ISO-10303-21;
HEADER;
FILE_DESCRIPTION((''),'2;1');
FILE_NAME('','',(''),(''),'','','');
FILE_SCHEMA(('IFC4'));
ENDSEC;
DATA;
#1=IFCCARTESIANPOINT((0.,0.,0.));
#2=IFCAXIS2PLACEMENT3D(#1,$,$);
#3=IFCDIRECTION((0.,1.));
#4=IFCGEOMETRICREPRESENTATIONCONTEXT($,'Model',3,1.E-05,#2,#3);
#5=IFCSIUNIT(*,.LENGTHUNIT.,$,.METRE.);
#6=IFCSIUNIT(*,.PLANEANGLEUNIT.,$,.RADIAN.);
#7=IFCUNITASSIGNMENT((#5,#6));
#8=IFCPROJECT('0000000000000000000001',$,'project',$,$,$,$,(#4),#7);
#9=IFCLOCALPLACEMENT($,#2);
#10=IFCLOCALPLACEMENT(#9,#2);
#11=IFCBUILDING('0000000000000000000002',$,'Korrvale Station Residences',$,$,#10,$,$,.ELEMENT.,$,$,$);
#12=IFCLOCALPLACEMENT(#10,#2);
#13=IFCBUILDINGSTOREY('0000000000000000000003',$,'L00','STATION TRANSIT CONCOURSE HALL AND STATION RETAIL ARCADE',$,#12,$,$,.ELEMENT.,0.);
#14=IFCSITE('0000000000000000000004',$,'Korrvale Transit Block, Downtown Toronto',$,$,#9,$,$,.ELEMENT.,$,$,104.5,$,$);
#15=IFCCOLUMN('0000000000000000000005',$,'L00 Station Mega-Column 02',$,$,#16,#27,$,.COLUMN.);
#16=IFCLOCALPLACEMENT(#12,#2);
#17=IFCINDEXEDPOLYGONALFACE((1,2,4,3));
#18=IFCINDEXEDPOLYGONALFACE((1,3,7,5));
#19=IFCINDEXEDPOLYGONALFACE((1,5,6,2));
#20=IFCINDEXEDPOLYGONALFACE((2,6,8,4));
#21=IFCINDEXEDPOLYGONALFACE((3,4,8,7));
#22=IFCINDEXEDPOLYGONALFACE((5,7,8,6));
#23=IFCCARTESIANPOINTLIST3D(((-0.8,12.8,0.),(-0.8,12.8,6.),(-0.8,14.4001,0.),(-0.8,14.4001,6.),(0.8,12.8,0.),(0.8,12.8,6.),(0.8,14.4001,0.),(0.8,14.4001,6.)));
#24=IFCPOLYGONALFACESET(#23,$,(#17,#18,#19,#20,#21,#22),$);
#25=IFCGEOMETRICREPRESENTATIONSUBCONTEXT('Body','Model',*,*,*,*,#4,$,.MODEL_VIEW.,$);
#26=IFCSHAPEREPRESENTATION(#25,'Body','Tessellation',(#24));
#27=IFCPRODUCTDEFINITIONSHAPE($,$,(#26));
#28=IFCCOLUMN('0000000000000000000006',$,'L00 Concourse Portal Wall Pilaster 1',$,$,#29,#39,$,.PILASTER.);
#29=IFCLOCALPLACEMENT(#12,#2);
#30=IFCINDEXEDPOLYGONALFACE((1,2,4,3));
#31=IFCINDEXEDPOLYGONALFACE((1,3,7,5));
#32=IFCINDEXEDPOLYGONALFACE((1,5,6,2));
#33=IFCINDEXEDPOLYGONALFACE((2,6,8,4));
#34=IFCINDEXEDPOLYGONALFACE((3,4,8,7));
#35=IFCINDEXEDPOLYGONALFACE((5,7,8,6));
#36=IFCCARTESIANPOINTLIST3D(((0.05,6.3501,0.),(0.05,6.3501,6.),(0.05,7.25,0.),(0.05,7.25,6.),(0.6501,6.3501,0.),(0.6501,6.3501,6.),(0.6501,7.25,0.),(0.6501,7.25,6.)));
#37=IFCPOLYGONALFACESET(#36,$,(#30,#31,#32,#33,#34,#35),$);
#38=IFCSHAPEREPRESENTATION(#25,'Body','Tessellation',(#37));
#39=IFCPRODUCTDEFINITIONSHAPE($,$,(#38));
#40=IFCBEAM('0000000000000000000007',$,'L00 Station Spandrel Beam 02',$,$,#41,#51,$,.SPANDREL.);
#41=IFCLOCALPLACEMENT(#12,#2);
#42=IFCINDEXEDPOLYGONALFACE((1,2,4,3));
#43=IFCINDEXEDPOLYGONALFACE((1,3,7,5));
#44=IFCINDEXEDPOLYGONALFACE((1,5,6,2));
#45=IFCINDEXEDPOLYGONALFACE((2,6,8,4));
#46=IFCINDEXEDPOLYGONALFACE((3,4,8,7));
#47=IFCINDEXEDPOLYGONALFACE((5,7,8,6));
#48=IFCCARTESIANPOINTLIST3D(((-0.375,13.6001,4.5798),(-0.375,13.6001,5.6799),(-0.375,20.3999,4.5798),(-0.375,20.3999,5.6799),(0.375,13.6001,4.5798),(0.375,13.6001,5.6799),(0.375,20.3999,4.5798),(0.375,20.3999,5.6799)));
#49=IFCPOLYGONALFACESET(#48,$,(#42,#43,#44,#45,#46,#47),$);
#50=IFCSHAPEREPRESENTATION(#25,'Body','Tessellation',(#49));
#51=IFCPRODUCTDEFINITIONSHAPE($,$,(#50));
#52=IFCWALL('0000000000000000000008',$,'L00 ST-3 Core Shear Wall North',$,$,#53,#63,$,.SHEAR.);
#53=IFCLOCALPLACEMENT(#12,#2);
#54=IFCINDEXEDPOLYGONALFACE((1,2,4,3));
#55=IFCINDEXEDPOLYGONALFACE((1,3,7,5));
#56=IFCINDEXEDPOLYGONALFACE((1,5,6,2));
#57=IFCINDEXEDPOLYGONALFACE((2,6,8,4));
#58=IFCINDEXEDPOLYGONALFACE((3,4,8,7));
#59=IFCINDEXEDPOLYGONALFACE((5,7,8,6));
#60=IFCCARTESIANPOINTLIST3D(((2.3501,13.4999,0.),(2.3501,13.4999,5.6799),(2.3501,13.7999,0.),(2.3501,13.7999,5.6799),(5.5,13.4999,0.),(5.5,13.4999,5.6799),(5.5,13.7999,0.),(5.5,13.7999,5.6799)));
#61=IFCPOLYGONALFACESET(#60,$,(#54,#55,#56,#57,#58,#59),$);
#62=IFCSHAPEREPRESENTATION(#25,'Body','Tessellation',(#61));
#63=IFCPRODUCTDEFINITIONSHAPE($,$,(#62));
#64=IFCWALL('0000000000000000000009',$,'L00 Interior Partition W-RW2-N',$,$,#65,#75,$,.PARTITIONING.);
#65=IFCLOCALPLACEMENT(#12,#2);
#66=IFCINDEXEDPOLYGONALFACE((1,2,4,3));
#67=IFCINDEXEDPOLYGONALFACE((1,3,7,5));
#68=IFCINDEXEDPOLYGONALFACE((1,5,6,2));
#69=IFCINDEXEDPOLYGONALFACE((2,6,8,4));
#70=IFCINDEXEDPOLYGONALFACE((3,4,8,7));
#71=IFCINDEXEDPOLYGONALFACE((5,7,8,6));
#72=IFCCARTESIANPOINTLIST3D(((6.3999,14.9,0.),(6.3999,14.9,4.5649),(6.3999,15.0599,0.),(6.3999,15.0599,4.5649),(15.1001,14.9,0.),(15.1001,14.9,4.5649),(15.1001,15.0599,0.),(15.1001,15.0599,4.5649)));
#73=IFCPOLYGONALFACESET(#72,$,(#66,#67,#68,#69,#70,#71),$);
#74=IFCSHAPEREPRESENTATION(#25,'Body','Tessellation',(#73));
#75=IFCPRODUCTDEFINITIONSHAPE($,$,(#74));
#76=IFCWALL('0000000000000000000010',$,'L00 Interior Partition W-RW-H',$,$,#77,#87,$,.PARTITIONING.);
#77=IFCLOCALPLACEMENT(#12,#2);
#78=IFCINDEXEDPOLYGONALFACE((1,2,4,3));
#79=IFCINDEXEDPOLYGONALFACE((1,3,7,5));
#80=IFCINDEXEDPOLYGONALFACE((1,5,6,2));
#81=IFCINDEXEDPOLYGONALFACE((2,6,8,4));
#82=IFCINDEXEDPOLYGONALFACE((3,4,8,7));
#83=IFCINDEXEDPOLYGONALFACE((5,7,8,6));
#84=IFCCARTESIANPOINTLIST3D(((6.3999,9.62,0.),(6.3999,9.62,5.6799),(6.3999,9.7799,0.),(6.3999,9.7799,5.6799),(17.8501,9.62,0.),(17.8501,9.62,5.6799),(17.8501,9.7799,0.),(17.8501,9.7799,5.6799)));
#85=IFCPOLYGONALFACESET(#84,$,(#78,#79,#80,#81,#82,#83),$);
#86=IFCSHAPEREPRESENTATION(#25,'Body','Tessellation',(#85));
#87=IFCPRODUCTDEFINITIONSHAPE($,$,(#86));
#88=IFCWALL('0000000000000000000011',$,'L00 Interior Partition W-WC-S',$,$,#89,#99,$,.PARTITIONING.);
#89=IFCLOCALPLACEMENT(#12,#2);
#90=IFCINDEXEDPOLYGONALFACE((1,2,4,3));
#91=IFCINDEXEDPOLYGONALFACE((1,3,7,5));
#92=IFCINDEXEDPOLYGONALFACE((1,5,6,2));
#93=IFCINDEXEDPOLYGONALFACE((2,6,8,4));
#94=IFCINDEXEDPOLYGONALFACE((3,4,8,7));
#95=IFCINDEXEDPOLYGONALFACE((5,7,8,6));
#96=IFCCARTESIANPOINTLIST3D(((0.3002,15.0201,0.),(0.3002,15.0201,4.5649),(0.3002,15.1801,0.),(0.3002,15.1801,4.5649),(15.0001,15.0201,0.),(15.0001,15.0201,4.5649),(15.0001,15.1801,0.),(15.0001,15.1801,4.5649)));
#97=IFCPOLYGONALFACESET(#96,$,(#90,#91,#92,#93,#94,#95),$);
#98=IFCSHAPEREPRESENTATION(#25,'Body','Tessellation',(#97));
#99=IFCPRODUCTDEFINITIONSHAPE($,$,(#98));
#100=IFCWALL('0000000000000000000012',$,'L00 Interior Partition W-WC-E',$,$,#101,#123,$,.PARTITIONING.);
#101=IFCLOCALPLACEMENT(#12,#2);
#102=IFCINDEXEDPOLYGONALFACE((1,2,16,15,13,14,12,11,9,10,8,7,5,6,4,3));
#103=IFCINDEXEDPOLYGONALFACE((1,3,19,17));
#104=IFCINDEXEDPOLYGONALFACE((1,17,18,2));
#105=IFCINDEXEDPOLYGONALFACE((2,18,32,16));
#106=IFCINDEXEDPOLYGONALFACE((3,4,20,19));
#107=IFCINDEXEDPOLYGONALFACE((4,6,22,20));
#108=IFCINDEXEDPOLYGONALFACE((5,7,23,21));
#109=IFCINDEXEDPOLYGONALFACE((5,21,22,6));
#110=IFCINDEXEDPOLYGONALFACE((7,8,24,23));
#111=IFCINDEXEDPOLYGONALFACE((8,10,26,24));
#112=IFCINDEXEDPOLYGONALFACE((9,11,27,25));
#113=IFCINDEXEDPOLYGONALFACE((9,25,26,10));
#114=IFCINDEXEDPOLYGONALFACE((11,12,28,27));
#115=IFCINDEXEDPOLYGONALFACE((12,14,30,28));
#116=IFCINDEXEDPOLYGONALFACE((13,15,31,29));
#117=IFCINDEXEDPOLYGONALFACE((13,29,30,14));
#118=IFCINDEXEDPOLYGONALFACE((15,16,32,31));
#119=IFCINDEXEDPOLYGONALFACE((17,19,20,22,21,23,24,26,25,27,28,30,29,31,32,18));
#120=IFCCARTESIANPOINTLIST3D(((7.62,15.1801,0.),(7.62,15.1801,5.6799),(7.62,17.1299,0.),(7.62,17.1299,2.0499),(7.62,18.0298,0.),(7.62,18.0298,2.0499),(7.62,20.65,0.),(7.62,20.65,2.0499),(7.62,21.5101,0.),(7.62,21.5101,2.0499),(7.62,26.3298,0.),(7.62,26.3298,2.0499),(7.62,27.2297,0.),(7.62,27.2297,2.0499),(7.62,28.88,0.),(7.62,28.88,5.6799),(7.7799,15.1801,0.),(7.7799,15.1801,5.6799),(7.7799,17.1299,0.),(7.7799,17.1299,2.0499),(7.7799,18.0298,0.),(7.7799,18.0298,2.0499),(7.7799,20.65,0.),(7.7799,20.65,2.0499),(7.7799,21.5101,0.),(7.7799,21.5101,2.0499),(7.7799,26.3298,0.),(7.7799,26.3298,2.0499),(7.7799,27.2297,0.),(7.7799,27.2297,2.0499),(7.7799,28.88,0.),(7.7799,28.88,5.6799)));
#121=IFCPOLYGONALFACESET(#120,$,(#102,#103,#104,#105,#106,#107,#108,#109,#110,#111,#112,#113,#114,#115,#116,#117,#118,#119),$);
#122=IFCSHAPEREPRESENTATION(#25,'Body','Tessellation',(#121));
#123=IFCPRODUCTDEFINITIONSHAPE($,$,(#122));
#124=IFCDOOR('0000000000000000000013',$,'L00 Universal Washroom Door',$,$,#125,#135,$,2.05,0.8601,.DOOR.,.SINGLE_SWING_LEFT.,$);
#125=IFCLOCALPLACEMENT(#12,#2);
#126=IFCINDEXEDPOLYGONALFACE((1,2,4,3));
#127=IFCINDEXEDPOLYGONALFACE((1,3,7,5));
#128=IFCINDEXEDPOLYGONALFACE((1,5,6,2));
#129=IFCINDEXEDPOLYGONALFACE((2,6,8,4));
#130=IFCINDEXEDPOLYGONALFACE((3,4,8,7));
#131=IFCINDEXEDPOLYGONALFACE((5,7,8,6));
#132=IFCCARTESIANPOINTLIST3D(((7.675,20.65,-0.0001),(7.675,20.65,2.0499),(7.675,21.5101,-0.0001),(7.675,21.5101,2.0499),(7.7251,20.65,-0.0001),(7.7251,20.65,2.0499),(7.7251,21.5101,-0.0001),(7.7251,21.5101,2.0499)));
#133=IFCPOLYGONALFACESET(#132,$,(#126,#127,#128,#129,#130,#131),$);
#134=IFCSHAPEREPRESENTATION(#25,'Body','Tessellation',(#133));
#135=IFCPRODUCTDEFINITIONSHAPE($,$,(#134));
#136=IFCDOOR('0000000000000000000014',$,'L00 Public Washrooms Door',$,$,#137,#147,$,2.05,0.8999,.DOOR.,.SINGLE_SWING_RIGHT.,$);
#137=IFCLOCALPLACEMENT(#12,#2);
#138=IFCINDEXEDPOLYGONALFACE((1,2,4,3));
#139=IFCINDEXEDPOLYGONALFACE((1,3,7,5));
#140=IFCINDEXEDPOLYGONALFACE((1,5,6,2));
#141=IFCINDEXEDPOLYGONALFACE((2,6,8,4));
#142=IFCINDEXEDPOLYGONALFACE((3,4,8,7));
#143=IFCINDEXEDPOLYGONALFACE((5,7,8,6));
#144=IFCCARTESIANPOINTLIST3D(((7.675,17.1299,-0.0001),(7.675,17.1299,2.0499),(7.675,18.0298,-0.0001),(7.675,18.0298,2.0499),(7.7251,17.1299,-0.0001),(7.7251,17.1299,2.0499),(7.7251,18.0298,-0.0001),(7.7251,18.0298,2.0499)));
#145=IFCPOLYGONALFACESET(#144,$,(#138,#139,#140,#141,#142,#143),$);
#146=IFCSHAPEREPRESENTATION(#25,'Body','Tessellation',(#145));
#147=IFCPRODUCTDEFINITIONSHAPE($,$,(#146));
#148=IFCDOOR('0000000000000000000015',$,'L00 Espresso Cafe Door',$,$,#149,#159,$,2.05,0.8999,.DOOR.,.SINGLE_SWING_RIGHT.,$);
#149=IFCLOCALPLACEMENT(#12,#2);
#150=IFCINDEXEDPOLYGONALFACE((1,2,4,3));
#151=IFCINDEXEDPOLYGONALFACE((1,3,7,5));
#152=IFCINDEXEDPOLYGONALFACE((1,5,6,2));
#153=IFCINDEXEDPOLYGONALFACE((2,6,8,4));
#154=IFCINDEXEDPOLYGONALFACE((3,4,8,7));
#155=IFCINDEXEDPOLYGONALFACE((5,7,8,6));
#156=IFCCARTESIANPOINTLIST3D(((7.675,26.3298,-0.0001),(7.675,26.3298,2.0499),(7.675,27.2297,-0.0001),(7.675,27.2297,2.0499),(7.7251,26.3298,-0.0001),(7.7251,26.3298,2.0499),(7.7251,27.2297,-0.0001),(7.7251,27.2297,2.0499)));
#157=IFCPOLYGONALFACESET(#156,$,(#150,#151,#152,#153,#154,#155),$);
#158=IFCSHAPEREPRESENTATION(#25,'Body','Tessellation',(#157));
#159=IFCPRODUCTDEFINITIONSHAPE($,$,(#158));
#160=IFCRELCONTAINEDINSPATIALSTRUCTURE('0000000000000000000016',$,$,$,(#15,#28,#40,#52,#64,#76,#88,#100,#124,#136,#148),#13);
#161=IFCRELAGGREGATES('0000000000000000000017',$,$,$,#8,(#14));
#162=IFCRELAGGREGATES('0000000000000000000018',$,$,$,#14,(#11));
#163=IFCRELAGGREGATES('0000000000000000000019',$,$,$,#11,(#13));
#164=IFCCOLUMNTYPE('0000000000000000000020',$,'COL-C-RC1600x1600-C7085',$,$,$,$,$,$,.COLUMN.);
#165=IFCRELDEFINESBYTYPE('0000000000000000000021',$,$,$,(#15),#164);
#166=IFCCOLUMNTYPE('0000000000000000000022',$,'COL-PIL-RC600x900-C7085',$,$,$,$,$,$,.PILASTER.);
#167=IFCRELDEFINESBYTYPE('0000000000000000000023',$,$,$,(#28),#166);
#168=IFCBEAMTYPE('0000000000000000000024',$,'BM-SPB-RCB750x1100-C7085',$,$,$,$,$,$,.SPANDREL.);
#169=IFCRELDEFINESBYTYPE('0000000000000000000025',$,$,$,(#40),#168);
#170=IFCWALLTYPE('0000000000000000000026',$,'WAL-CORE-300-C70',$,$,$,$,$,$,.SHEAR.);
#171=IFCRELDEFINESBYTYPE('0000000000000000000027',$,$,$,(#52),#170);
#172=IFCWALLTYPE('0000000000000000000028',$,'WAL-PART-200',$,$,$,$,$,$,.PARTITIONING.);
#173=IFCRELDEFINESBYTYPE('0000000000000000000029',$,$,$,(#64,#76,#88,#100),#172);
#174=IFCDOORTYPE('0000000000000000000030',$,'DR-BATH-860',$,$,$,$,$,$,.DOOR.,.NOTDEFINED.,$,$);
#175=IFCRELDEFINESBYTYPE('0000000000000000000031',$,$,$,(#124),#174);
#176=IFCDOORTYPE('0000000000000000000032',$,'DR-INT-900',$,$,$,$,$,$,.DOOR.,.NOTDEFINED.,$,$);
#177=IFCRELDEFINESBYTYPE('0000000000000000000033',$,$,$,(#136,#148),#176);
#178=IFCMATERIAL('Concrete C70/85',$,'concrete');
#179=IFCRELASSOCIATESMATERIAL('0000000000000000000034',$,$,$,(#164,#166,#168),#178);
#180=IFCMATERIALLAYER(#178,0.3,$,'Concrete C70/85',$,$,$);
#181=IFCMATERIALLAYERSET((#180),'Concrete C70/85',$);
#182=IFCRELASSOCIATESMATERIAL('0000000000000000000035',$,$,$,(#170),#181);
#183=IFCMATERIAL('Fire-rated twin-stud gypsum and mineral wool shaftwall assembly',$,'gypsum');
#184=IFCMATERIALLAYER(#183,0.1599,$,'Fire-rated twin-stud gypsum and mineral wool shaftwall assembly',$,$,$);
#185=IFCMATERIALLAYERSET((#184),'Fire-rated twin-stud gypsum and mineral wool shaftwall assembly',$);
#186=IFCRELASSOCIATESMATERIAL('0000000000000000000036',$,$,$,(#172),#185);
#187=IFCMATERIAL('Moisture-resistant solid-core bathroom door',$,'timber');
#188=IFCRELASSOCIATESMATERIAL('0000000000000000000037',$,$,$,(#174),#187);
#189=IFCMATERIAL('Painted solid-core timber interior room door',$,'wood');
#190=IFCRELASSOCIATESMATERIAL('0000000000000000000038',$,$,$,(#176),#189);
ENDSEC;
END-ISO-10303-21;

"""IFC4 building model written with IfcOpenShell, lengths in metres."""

from ifc_helpers import new_model, si_unit, direction, frame, frame_2d, origin, origin_2d, place, context, subcontext, project, spatial, rectangle, extrude, material, layer, layer_set, material_profile, profile_set, type_object, element, fill, save


model = new_model("IFC4")

# Units and contexts
model_context = context("Model", 3, precision=1e-05, world=origin(), true_north=direction((0.0, 1.0)))
body_context = subcontext(model_context, "Body", "Model", "MODEL_VIEW")
ifc_project = project(units=[si_unit("LENGTHUNIT", "METRE"), si_unit("PLANEANGLEUNIT", "RADIAN")], contexts=[model_context])

# Site, building, storey
site_placement = place(None, origin())
site = spatial("IfcSite", under=ifc_project, at=site_placement, Name="Korrvale Transit Block, Downtown Toronto", CompositionType="ELEMENT", RefElevation=104.5)
building_placement = place(site_placement, origin())
building = spatial("IfcBuilding", under=site, at=building_placement, Name="Korrvale Station Residences", CompositionType="ELEMENT")
storey_placement = place(building_placement, origin())
storey = spatial("IfcBuildingStorey", under=building, at=storey_placement, Name="L00", Description="STATION TRANSIT CONCOURSE HALL AND STATION RETAIL ARCADE", CompositionType="ELEMENT", Elevation=0.0)

# Columns
ifc_material_1 = material(Name="Concrete C70/85", Category="concrete")
ifc_material_profile_1 = material_profile(ifc_material_1, rectangle(XDim=1.6001, YDim=1.6001, at=origin_2d()), Name="RC1600x1600")
ifc_profile_set_1 = profile_set([ifc_material_profile_1], Name="Concrete C70/85")
column_type_1 = type_object("IfcColumnType", Name="COL-C-RC1600x1600-C7085", PredefinedType="COLUMN", material=ifc_profile_set_1)
column_1_placement = place(storey_placement, frame((0.0, 13.6001, 0.0), z_axis=(0.0, 0.0, 1.0), x_axis=(1.0, 0.0, 0.0)))
element("IfcColumn", 1, at=column_1_placement, inside=storey, type_object=column_type_1, Name="L00 Station Mega-Column 02", PredefinedType="COLUMN", context=body_context, shape_type="SweptSolid", body=[
    extrude(rectangle(XDim=1.6001, YDim=1.6001, at=origin_2d()), origin(), (0.0, 0.0, 1.0), 6.0),
])
ifc_material_profile_2 = material_profile(ifc_material_1, rectangle(XDim=0.6001, YDim=0.8999, at=origin_2d()), Name="RC600x900")
ifc_profile_set_2 = profile_set([ifc_material_profile_2], Name="Concrete C70/85")
column_type_2 = type_object("IfcColumnType", Name="COL-PIL-RC600x900-C7085", PredefinedType="PILASTER", material=ifc_profile_set_2)
column_2_placement = place(storey_placement, frame((0.3501, 6.8, 0.0), z_axis=(0.0, 0.0, 1.0), x_axis=(1.0, 0.0, 0.0)))
element("IfcColumn", 2, at=column_2_placement, inside=storey, type_object=column_type_2, Name="L00 Concourse Portal Wall Pilaster 1", PredefinedType="PILASTER", context=body_context, shape_type="SweptSolid", body=[
    extrude(rectangle(XDim=0.6001, YDim=0.8999, at=origin_2d()), origin(), (0.0, 0.0, 1.0), 6.0),
])

# Beam
ifc_material_profile_3 = material_profile(ifc_material_1, rectangle(XDim=0.75, YDim=1.1001, at=origin_2d()), Name="RCB750x1100")
ifc_profile_set_3 = profile_set([ifc_material_profile_3], Name="Concrete C70/85")
beam_type = type_object("IfcBeamType", Name="BM-SPB-RCB750x1100-C7085", PredefinedType="SPANDREL", material=ifc_profile_set_3)
beam_placement = place(storey_placement, frame((0.0, 13.6001, 5.1299), z_axis=(0.0, 1.0, 0.0), x_axis=(-1.0, 0.0, 0.0)))
element("IfcBeam", 3, at=beam_placement, inside=storey, type_object=beam_type, Name="L00 Station Spandrel Beam 02", PredefinedType="SPANDREL", context=body_context, shape_type="SweptSolid", body=[
    extrude(rectangle(XDim=0.75, YDim=1.1001, at=origin_2d()), origin(), (0.0, 0.0, 1.0), 6.7998),
])

# Walls
ifc_layer_1 = layer(ifc_material_1, 0.3, Name="Concrete C70/85")
ifc_layer_set_1 = layer_set([ifc_layer_1], Name="Concrete C70/85")
wall_type_1 = type_object("IfcWallType", Name="WAL-CORE-300-C70", PredefinedType="SHEAR", material=ifc_layer_set_1)
wall_1_placement = place(storey_placement, frame((2.3501, 13.6499, 0.0), z_axis=(0.0, 0.0, 1.0), x_axis=(1.0, 0.0, 0.0)))
element("IfcWall", 4, at=wall_1_placement, inside=storey, type_object=wall_type_1, Name="L00 ST-3 Core Shear Wall North", PredefinedType="SHEAR", context=body_context, shape_type="SweptSolid", body=[
    extrude(rectangle(XDim=3.1499, YDim=0.3, at=frame_2d((1.575, 0.0))), origin(), (0.0, 0.0, 1.0), 5.6799),
])
ifc_material_2 = material(Name="Fire-rated twin-stud gypsum and mineral wool shaftwall assembly", Category="gypsum")
ifc_layer_2 = layer(ifc_material_2, 0.1599, Name="Fire-rated twin-stud gypsum and mineral wool shaftwall assembly")
ifc_layer_set_2 = layer_set([ifc_layer_2], Name="Fire-rated twin-stud gypsum and mineral wool shaftwall assembly")
wall_type_2 = type_object("IfcWallType", Name="WAL-PART-200", PredefinedType="PARTITIONING", material=ifc_layer_set_2)
wall_2_placement = place(storey_placement, frame((6.3999, 14.98, 0.0), z_axis=(0.0, 0.0, 1.0), x_axis=(1.0, 0.0, 0.0)))
element("IfcWall", 5, at=wall_2_placement, inside=storey, type_object=wall_type_2, Name="L00 Interior Partition W-RW2-N", PredefinedType="PARTITIONING", context=body_context, shape_type="SweptSolid", body=[
    extrude(rectangle(XDim=8.7002, YDim=0.1599, at=frame_2d((4.3501, 0.0))), origin(), (0.0, 0.0, 1.0), 4.5649),
])
wall_3_placement = place(storey_placement, frame((6.3999, 9.7, 0.0), z_axis=(0.0, 0.0, 1.0), x_axis=(1.0, 0.0, 0.0)))
element("IfcWall", 6, at=wall_3_placement, inside=storey, type_object=wall_type_2, Name="L00 Interior Partition W-RW-H", PredefinedType="PARTITIONING", context=body_context, shape_type="SweptSolid", body=[
    extrude(rectangle(XDim=11.4502, YDim=0.1599, at=frame_2d((5.7251, 0.0))), origin(), (0.0, 0.0, 1.0), 5.6799),
])
wall_4_placement = place(storey_placement, frame((0.3, 15.1001, 0.0), z_axis=(0.0, 0.0, 1.0), x_axis=(1.0, 0.0, 0.0)))
element("IfcWall", 7, at=wall_4_placement, inside=storey, type_object=wall_type_2, Name="L00 Interior Partition W-WC-S", PredefinedType="PARTITIONING", context=body_context, shape_type="SweptSolid", body=[
    extrude(rectangle(XDim=14.7, YDim=0.1599, at=frame_2d((7.3501, 0.0))), origin(), (0.0, 0.0, 1.0), 4.5649),
])

# Wall, openings, doors
wall_5_placement = place(storey_placement, frame((7.7, 15.1799, 0.0), z_axis=(0.0, 0.0, 1.0), x_axis=(0.0, 1.0, 0.0)))
wall_5 = element("IfcWall", 8, at=wall_5_placement, inside=storey, type_object=wall_type_2, Name="L00 Interior Partition W-WC-E", PredefinedType="PARTITIONING", context=body_context, shape_type="SweptSolid", body=[
    extrude(rectangle(XDim=13.7, YDim=0.1599, at=frame_2d((6.8501, 0.0))), origin(), (0.0, 0.0, 1.0), 5.6799),
])
opening_1_placement = place(wall_5_placement, frame((1.95, 0.0, 0.0)))
opening_1 = element("IfcOpeningElement", 9, at=opening_1_placement, cuts=wall_5, PredefinedType="OPENING", context=body_context, shape_type="SweptSolid", body=[
    extrude(rectangle(XDim=0.8999, YDim=2.05, at=frame_2d((0.45, 1.0249))), frame((0.0, 0.0898, 0.0), z_axis=(0.0, -1.0, 0.0), x_axis=(1.0, 0.0, 0.0)), (0.0, 0.0, 1.0), 0.1799),
])
opening_2_placement = place(wall_5_placement, frame((5.47, 0.0, 0.0)))
opening_2 = element("IfcOpeningElement", 10, at=opening_2_placement, cuts=wall_5, PredefinedType="OPENING", context=body_context, shape_type="SweptSolid", body=[
    extrude(rectangle(XDim=0.8601, YDim=2.05, at=frame_2d((0.4302, 1.0249))), frame((0.0, 0.0898, 0.0), z_axis=(0.0, -1.0, 0.0), x_axis=(1.0, 0.0, 0.0)), (0.0, 0.0, 1.0), 0.1799),
])
opening_3_placement = place(wall_5_placement, frame((11.1499, 0.0, 0.0)))
opening_3 = element("IfcOpeningElement", 11, at=opening_3_placement, cuts=wall_5, PredefinedType="OPENING", context=body_context, shape_type="SweptSolid", body=[
    extrude(rectangle(XDim=0.8999, YDim=2.05, at=frame_2d((0.45, 1.0249))), frame((0.0, 0.0898, 0.0), z_axis=(0.0, -1.0, 0.0), x_axis=(1.0, 0.0, 0.0)), (0.0, 0.0, 1.0), 0.1799),
])
ifc_material_3 = material(Name="Moisture-resistant solid-core bathroom door", Category="timber")
door_type_1 = type_object("IfcDoorType", Name="DR-BATH-860", OperationType="NOTDEFINED", PredefinedType="DOOR", material=ifc_material_3)
door_1_placement = place(opening_2_placement, origin())
door_1 = element("IfcDoor", 12, at=door_1_placement, inside=storey, type_object=door_type_1, Name="L00 Universal Washroom Door", OperationType="SINGLE_SWING_LEFT", OverallHeight=2.05, OverallWidth=0.8601, PredefinedType="DOOR", context=body_context, shape_type="SweptSolid", body=[
    extrude(rectangle(XDim=0.8601, YDim=2.05, at=frame_2d((0.4302, 1.0249))), frame((0.0, 0.0249, 0.0), z_axis=(0.0, -1.0, 0.0), x_axis=(1.0, 0.0, 0.0)), (0.0, 0.0, 1.0), 0.05),
])
fill(opening_2, door_1)
ifc_material_4 = material(Name="Painted solid-core timber interior room door", Category="wood")
door_type_2 = type_object("IfcDoorType", Name="DR-INT-900", OperationType="NOTDEFINED", PredefinedType="DOOR", material=ifc_material_4)
door_2_placement = place(opening_1_placement, origin())
door_2 = element("IfcDoor", 13, at=door_2_placement, inside=storey, type_object=door_type_2, Name="L00 Public Washrooms Door", OperationType="SINGLE_SWING_RIGHT", OverallHeight=2.05, OverallWidth=0.8999, PredefinedType="DOOR", context=body_context, shape_type="SweptSolid", body=[
    extrude(rectangle(XDim=0.8999, YDim=2.05, at=frame_2d((0.45, 1.0249))), frame((0.0, 0.0249, 0.0), z_axis=(0.0, -1.0, 0.0), x_axis=(1.0, 0.0, 0.0)), (0.0, 0.0, 1.0), 0.05),
])
fill(opening_1, door_2)
door_3_placement = place(opening_3_placement, origin())
door_3 = element("IfcDoor", 14, at=door_3_placement, inside=storey, type_object=door_type_2, Name="L00 Espresso Cafe Door", OperationType="SINGLE_SWING_RIGHT", OverallHeight=2.05, OverallWidth=0.8999, PredefinedType="DOOR", context=body_context, shape_type="SweptSolid", body=[
    extrude(rectangle(XDim=0.8999, YDim=2.05, at=frame_2d((0.45, 1.0249))), frame((0.0, 0.0249, 0.0), z_axis=(0.0, -1.0, 0.0), x_axis=(1.0, 0.0, 0.0)), (0.0, 0.0, 1.0), 0.05),
])
fill(opening_3, door_3)

save(model, "model.ifc")
